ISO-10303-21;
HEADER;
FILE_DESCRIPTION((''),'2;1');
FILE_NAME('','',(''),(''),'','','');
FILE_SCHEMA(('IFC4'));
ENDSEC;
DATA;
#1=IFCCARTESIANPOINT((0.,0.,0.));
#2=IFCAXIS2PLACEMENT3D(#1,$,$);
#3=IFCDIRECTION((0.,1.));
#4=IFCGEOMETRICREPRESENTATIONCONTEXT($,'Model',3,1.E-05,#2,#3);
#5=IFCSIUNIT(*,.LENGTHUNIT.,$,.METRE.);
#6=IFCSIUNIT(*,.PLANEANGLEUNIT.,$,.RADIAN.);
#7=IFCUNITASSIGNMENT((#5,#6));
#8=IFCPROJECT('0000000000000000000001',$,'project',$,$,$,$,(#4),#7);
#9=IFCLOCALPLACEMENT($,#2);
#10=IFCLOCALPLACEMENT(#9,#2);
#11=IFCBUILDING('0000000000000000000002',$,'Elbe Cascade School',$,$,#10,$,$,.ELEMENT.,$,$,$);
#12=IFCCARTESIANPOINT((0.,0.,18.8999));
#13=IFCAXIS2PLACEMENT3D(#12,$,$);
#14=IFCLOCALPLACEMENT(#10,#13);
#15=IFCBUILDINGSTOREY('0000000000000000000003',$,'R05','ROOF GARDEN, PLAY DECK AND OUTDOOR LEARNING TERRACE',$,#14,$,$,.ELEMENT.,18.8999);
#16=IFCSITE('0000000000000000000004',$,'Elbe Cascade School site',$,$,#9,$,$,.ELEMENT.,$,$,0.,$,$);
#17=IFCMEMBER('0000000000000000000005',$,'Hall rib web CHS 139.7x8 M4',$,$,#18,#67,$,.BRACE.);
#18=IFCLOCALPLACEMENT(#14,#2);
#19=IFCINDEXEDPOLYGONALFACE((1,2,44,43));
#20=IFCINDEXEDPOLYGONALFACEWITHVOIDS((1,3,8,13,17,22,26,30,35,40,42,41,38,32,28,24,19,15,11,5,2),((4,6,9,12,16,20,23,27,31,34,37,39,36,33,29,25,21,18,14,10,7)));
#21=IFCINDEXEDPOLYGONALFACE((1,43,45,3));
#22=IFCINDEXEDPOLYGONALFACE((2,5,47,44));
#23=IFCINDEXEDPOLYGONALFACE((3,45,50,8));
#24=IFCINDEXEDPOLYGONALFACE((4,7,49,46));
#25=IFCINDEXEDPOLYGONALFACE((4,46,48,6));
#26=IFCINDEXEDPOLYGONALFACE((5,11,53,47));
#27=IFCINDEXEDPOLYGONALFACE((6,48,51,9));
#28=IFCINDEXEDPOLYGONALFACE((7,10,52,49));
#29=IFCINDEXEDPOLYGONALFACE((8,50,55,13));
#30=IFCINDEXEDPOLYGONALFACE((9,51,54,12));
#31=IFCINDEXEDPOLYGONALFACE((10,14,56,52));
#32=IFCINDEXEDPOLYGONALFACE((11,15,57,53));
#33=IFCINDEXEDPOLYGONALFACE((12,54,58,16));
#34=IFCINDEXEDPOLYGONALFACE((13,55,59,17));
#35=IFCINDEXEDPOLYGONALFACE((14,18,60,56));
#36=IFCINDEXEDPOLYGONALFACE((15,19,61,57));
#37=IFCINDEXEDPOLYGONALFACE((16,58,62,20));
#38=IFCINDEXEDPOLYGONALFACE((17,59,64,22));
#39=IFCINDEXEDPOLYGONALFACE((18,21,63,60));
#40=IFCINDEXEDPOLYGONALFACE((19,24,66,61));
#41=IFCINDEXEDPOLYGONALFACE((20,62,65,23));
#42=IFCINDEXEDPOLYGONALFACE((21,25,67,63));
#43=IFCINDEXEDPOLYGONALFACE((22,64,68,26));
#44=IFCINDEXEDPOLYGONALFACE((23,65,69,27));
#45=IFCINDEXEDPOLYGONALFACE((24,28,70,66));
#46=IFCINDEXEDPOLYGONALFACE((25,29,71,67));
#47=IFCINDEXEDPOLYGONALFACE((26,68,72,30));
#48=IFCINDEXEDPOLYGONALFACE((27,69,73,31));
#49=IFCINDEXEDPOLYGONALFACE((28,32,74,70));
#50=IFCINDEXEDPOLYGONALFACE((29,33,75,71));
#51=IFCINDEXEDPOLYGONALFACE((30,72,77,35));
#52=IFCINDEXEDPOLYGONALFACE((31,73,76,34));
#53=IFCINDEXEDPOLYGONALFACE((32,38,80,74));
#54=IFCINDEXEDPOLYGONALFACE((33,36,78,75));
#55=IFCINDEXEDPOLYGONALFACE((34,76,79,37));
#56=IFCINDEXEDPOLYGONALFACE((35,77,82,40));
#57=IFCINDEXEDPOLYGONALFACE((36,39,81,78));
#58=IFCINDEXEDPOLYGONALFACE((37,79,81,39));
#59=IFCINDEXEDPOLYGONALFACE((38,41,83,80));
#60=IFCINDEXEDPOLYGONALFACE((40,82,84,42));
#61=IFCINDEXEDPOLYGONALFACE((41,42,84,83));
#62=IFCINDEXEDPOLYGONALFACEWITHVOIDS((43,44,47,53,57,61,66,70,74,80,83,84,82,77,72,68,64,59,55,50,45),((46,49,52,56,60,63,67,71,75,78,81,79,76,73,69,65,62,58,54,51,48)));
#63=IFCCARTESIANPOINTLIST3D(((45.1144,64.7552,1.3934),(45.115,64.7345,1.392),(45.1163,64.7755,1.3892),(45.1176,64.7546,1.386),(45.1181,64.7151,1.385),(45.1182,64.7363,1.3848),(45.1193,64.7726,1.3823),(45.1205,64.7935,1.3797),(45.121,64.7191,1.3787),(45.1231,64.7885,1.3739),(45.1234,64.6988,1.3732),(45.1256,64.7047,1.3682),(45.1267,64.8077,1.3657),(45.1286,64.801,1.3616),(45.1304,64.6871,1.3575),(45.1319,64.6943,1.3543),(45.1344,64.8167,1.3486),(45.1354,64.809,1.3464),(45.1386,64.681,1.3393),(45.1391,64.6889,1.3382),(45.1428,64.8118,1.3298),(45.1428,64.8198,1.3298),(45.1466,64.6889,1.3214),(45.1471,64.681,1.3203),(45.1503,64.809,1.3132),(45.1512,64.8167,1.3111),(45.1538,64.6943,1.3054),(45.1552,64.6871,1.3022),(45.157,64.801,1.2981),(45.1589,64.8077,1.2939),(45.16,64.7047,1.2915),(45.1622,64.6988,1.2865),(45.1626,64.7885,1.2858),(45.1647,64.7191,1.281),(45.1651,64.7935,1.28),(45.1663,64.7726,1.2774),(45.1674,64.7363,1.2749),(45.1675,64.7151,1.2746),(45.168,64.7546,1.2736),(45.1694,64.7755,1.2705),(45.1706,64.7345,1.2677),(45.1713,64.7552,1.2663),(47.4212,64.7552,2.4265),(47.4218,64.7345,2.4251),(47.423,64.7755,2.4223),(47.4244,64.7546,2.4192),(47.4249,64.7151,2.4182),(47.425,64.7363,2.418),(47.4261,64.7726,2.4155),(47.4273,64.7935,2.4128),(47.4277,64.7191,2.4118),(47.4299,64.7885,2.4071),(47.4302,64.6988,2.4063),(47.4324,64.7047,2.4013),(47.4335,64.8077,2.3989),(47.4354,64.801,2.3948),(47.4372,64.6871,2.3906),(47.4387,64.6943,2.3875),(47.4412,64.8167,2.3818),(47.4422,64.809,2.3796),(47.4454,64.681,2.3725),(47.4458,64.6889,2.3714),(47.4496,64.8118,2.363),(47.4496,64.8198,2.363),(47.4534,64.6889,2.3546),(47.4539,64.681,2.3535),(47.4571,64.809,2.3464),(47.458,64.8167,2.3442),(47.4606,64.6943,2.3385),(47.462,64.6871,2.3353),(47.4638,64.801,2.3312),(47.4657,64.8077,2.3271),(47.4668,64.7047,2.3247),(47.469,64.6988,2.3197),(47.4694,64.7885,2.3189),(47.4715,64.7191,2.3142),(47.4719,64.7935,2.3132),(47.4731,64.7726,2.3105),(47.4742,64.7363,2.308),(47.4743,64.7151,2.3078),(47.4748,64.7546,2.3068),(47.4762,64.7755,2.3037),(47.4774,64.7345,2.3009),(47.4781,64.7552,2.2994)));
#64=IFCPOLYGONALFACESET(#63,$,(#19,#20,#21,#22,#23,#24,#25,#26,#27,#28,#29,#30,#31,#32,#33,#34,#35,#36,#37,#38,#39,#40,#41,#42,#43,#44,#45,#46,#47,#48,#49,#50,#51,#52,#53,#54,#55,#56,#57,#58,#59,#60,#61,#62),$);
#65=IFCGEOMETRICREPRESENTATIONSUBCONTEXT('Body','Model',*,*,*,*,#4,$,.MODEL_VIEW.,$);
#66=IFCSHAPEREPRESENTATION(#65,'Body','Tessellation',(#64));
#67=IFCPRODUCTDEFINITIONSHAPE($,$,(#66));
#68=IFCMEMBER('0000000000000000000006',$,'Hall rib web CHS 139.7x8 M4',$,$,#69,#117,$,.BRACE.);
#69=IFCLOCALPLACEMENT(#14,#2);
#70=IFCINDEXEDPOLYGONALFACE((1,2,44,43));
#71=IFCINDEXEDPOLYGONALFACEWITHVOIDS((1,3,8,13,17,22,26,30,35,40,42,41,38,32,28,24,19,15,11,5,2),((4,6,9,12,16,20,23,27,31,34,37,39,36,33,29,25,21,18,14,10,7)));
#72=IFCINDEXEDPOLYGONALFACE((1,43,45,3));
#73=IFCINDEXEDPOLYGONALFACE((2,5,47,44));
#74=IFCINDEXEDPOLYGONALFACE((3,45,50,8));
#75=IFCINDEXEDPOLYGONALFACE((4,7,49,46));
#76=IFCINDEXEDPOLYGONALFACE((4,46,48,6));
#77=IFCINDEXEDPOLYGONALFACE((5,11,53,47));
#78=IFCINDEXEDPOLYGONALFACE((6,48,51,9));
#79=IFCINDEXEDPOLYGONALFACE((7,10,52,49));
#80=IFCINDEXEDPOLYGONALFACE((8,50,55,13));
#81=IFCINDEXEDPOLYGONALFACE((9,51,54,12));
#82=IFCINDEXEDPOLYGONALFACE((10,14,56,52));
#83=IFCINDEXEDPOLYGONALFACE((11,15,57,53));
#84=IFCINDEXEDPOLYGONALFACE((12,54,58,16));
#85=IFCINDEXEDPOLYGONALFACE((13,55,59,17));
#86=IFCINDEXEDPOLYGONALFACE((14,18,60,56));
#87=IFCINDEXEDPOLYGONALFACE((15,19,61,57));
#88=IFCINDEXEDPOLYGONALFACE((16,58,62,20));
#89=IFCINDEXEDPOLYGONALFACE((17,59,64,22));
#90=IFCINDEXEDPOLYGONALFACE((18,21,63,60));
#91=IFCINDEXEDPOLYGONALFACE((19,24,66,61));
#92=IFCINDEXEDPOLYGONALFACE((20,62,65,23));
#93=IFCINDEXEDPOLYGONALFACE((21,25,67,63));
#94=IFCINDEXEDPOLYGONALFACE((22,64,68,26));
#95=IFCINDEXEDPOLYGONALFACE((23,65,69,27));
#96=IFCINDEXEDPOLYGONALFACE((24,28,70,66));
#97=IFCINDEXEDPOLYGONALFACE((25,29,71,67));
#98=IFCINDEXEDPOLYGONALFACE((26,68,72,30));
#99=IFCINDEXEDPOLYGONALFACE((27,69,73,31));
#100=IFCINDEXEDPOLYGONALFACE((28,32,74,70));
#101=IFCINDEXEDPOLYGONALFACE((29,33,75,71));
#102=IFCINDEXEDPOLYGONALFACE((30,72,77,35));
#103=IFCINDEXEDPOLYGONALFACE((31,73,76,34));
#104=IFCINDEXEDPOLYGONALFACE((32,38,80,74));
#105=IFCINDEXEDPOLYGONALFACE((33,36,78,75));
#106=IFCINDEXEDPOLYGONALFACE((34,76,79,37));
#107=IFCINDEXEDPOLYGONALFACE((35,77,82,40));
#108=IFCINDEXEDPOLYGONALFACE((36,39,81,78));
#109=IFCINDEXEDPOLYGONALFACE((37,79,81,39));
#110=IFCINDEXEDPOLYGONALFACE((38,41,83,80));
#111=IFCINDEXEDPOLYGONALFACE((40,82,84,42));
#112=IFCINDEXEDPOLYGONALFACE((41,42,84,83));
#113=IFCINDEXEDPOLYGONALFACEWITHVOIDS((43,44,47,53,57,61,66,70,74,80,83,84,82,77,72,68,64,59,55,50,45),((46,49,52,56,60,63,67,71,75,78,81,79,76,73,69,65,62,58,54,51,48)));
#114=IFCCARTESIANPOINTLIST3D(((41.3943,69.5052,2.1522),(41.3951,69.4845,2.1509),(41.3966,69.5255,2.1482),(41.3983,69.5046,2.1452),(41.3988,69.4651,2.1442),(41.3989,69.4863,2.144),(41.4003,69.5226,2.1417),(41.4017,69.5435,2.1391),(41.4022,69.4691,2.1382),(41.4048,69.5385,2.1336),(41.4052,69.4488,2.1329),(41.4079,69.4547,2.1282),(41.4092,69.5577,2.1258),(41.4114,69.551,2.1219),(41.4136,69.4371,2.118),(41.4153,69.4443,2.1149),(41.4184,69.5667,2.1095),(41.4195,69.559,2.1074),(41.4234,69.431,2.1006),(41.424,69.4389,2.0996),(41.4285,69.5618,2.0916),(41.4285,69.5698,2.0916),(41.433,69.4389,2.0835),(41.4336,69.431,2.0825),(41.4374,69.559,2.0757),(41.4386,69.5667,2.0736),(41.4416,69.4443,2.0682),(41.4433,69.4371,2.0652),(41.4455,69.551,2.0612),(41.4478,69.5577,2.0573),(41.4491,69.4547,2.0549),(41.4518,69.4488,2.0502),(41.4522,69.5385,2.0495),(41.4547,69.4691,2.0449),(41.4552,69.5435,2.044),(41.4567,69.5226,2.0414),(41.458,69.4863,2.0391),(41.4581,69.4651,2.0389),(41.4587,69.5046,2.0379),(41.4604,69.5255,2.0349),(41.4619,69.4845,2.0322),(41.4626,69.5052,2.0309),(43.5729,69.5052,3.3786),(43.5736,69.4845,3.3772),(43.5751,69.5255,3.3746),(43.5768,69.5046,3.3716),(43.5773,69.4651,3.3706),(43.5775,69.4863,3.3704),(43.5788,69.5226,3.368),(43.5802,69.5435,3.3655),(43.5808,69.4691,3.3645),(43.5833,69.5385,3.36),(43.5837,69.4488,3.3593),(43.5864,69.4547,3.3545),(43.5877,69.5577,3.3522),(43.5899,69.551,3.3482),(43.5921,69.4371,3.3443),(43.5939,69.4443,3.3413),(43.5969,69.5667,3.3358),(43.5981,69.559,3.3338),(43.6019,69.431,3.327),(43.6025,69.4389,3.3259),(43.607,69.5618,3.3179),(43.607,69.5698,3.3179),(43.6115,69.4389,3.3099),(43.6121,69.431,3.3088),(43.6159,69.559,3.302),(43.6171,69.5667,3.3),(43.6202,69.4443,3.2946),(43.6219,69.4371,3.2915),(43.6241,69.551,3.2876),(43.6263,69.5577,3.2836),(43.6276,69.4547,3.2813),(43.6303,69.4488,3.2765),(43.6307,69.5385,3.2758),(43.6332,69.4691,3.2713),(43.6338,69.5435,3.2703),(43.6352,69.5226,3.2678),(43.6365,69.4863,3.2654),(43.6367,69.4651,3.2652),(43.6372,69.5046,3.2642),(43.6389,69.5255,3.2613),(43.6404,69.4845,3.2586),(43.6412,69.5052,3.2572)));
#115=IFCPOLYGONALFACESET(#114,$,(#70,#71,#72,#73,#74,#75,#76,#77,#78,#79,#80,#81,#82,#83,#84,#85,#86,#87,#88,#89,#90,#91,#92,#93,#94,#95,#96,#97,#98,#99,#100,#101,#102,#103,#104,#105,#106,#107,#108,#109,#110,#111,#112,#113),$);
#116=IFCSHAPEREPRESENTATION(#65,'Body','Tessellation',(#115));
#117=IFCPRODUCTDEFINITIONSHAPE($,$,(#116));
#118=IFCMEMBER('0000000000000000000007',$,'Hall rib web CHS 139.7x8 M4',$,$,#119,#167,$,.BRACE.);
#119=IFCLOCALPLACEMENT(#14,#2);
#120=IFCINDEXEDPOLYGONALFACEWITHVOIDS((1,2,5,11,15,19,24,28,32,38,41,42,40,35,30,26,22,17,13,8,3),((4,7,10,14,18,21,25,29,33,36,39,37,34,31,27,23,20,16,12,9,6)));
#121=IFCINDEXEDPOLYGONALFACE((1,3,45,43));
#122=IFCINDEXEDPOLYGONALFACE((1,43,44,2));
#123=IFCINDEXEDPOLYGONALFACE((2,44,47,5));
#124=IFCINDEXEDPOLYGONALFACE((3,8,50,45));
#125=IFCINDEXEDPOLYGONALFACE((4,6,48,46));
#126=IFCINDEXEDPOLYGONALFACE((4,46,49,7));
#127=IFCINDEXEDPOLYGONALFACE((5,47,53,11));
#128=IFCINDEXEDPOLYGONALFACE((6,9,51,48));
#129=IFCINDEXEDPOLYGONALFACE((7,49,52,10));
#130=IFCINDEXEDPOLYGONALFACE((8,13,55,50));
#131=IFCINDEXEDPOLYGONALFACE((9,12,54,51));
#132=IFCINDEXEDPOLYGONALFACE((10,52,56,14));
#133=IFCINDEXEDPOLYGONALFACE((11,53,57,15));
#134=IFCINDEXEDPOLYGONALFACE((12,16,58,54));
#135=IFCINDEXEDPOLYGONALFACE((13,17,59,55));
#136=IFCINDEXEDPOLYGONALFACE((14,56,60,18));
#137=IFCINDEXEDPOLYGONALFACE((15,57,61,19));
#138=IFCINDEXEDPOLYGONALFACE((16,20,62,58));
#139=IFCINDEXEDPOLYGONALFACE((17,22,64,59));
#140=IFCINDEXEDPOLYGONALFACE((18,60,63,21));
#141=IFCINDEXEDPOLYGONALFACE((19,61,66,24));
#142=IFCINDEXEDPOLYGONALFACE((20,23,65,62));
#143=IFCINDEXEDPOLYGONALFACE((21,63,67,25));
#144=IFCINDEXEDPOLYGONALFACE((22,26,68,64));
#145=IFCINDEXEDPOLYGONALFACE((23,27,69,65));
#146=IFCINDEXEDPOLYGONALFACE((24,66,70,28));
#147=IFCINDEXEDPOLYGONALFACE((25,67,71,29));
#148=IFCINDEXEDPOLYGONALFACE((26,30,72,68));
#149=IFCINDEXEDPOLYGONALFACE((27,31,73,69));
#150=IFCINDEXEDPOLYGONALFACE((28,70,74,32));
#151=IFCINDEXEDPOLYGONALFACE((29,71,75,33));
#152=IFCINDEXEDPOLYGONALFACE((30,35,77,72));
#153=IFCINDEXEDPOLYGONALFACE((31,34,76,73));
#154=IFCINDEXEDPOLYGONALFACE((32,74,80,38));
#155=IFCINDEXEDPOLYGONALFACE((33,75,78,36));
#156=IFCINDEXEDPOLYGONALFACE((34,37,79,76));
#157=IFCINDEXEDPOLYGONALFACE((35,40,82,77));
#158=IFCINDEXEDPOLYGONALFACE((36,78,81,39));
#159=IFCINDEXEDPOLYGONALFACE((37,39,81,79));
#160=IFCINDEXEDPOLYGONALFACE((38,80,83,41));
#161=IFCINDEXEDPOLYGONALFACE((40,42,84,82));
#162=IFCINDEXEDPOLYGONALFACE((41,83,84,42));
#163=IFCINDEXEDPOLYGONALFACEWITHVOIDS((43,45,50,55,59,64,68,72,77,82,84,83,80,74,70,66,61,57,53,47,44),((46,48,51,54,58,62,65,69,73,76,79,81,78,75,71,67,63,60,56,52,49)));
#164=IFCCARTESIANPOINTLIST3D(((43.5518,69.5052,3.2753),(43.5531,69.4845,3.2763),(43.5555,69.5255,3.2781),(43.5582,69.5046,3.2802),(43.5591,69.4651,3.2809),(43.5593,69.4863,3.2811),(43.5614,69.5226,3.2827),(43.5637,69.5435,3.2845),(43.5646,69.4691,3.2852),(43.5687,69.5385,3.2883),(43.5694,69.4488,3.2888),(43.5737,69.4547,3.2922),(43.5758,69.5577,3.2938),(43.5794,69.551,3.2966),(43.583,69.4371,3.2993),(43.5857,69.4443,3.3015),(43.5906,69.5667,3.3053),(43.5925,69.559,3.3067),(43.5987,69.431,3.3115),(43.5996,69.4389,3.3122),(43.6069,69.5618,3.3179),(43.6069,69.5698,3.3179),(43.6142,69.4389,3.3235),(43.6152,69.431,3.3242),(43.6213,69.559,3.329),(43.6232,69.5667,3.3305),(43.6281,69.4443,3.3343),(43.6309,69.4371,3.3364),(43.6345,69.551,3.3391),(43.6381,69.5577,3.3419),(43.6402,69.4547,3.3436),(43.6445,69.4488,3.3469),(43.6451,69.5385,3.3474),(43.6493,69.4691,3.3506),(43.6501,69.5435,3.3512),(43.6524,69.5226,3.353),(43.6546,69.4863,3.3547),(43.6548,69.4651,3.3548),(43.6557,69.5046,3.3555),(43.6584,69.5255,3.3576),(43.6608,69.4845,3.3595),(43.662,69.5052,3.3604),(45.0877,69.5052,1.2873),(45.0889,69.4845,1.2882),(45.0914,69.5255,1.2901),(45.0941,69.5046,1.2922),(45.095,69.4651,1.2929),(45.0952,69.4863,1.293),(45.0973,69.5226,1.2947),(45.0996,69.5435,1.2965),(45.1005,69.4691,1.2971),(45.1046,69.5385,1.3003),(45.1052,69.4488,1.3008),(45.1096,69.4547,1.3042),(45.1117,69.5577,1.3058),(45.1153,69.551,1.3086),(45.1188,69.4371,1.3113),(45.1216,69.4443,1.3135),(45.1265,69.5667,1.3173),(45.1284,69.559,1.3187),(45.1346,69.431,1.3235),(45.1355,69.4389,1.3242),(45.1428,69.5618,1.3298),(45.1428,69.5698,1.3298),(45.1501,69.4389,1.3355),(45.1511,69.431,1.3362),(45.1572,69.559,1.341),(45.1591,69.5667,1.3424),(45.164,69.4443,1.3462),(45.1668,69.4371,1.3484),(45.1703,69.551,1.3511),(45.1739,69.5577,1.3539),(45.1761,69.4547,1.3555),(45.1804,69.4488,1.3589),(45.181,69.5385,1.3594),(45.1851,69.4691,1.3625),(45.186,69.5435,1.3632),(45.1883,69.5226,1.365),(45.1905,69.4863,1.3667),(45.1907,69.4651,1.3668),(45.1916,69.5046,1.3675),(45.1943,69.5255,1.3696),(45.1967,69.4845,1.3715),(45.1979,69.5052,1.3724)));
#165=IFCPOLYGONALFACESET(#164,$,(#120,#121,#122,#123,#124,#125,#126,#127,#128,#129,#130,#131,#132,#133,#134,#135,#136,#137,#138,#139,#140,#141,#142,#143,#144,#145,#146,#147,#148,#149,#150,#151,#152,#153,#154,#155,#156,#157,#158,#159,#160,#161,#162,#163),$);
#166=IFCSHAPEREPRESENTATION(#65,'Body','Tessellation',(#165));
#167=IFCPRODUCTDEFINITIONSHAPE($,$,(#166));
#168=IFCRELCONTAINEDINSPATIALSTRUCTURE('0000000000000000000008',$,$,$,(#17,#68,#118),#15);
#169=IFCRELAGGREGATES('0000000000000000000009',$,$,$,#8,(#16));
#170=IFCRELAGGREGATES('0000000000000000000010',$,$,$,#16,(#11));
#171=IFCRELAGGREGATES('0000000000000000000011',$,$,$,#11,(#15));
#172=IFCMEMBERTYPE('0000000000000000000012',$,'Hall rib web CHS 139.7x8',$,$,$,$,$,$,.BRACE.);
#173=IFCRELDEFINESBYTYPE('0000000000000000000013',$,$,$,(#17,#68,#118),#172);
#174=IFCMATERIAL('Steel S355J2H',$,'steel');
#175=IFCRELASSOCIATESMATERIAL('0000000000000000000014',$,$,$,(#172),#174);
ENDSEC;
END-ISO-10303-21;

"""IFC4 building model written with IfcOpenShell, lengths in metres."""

from ifc_helpers import new_model, si_unit, direction, frame, origin, origin_2d, place, context, subcontext, project, spatial, hollow_circle, extrude, material, material_profile, profile_set, type_object, element, save


model = new_model("IFC4")

# Units and contexts
model_context = context("Model", 3, precision=1e-05, world=origin(), true_north=direction((0.0, 1.0)))
body_context = subcontext(model_context, "Body", "Model", "MODEL_VIEW")
ifc_project = project(units=[si_unit("LENGTHUNIT", "METRE"), si_unit("PLANEANGLEUNIT", "RADIAN")], contexts=[model_context])

# Site, building, storey
site_placement = place(None, origin())
site = spatial("IfcSite", under=ifc_project, at=site_placement, Name="Elbe Cascade School site", CompositionType="ELEMENT", RefElevation=0.0)
building_placement = place(site_placement, origin())
building = spatial("IfcBuilding", under=site, at=building_placement, Name="Elbe Cascade School", CompositionType="ELEMENT")
storey_placement = place(building_placement, frame((0.0, 0.0, 18.8999)))
storey = spatial("IfcBuildingStorey", under=building, at=storey_placement, Name="R05", Description="ROOF GARDEN, PLAY DECK AND OUTDOOR LEARNING TERRACE", CompositionType="ELEMENT", Elevation=18.8999)

# Members
ifc_material_1 = material(Name="Steel S355J2H", Category="steel")
ifc_material_profile_1 = material_profile(ifc_material_1, hollow_circle(Radius=0.0698, WallThickness=0.0081, at=origin_2d()), Name="CHS 139.7x8")
ifc_profile_set_1 = profile_set([ifc_material_profile_1], Name="Steel S355J2H")
member_type_1 = type_object("IfcMemberType", Name="Hall rib web CHS 139.7x8", PredefinedType="BRACE", material=ifc_profile_set_1)
member_1_placement = place(storey_placement, frame((45.1428, 64.75, 1.3298), z_axis=(0.912645, 0.0, 0.408754), x_axis=(0.0, 1.0, 0.0)))
element("IfcMember", 1, at=member_1_placement, inside=storey, type_object=member_type_1, Name="Hall rib web CHS 139.7x8 M4", PredefinedType="BRACE", context=body_context, shape_type="SweptSolid", body=[
    extrude(hollow_circle(Radius=0.0698, WallThickness=0.0081, at=origin_2d()), origin(), (0.0, 0.0, 1.0), 2.5276),
])
member_2_placement = place(storey_placement, frame((41.4285, 69.5, 2.0916), z_axis=(0.871416, 0.0, 0.490544), x_axis=(0.0, 1.0, 0.0)))
element("IfcMember", 2, at=member_2_placement, inside=storey, type_object=member_type_1, Name="Hall rib web CHS 139.7x8 M4", PredefinedType="BRACE", context=body_context, shape_type="SweptSolid", body=[
    extrude(hollow_circle(Radius=0.0698, WallThickness=0.0081, at=origin_2d()), origin(), (0.0, 0.0, 1.0), 2.5),
])
member_3_placement = place(storey_placement, frame((43.6069, 69.5, 3.3179), z_axis=(0.611367, 0.0, -0.791347), x_axis=(0.0, 1.0, 0.0)))
element("IfcMember", 3, at=member_3_placement, inside=storey, type_object=member_type_1, Name="Hall rib web CHS 139.7x8 M4", PredefinedType="BRACE", context=body_context, shape_type="SweptSolid", body=[
    extrude(hollow_circle(Radius=0.0698, WallThickness=0.0081, at=origin_2d()), origin(), (0.0, 0.0, 1.0), 2.5122),
])

save(model, "model.ifc")
